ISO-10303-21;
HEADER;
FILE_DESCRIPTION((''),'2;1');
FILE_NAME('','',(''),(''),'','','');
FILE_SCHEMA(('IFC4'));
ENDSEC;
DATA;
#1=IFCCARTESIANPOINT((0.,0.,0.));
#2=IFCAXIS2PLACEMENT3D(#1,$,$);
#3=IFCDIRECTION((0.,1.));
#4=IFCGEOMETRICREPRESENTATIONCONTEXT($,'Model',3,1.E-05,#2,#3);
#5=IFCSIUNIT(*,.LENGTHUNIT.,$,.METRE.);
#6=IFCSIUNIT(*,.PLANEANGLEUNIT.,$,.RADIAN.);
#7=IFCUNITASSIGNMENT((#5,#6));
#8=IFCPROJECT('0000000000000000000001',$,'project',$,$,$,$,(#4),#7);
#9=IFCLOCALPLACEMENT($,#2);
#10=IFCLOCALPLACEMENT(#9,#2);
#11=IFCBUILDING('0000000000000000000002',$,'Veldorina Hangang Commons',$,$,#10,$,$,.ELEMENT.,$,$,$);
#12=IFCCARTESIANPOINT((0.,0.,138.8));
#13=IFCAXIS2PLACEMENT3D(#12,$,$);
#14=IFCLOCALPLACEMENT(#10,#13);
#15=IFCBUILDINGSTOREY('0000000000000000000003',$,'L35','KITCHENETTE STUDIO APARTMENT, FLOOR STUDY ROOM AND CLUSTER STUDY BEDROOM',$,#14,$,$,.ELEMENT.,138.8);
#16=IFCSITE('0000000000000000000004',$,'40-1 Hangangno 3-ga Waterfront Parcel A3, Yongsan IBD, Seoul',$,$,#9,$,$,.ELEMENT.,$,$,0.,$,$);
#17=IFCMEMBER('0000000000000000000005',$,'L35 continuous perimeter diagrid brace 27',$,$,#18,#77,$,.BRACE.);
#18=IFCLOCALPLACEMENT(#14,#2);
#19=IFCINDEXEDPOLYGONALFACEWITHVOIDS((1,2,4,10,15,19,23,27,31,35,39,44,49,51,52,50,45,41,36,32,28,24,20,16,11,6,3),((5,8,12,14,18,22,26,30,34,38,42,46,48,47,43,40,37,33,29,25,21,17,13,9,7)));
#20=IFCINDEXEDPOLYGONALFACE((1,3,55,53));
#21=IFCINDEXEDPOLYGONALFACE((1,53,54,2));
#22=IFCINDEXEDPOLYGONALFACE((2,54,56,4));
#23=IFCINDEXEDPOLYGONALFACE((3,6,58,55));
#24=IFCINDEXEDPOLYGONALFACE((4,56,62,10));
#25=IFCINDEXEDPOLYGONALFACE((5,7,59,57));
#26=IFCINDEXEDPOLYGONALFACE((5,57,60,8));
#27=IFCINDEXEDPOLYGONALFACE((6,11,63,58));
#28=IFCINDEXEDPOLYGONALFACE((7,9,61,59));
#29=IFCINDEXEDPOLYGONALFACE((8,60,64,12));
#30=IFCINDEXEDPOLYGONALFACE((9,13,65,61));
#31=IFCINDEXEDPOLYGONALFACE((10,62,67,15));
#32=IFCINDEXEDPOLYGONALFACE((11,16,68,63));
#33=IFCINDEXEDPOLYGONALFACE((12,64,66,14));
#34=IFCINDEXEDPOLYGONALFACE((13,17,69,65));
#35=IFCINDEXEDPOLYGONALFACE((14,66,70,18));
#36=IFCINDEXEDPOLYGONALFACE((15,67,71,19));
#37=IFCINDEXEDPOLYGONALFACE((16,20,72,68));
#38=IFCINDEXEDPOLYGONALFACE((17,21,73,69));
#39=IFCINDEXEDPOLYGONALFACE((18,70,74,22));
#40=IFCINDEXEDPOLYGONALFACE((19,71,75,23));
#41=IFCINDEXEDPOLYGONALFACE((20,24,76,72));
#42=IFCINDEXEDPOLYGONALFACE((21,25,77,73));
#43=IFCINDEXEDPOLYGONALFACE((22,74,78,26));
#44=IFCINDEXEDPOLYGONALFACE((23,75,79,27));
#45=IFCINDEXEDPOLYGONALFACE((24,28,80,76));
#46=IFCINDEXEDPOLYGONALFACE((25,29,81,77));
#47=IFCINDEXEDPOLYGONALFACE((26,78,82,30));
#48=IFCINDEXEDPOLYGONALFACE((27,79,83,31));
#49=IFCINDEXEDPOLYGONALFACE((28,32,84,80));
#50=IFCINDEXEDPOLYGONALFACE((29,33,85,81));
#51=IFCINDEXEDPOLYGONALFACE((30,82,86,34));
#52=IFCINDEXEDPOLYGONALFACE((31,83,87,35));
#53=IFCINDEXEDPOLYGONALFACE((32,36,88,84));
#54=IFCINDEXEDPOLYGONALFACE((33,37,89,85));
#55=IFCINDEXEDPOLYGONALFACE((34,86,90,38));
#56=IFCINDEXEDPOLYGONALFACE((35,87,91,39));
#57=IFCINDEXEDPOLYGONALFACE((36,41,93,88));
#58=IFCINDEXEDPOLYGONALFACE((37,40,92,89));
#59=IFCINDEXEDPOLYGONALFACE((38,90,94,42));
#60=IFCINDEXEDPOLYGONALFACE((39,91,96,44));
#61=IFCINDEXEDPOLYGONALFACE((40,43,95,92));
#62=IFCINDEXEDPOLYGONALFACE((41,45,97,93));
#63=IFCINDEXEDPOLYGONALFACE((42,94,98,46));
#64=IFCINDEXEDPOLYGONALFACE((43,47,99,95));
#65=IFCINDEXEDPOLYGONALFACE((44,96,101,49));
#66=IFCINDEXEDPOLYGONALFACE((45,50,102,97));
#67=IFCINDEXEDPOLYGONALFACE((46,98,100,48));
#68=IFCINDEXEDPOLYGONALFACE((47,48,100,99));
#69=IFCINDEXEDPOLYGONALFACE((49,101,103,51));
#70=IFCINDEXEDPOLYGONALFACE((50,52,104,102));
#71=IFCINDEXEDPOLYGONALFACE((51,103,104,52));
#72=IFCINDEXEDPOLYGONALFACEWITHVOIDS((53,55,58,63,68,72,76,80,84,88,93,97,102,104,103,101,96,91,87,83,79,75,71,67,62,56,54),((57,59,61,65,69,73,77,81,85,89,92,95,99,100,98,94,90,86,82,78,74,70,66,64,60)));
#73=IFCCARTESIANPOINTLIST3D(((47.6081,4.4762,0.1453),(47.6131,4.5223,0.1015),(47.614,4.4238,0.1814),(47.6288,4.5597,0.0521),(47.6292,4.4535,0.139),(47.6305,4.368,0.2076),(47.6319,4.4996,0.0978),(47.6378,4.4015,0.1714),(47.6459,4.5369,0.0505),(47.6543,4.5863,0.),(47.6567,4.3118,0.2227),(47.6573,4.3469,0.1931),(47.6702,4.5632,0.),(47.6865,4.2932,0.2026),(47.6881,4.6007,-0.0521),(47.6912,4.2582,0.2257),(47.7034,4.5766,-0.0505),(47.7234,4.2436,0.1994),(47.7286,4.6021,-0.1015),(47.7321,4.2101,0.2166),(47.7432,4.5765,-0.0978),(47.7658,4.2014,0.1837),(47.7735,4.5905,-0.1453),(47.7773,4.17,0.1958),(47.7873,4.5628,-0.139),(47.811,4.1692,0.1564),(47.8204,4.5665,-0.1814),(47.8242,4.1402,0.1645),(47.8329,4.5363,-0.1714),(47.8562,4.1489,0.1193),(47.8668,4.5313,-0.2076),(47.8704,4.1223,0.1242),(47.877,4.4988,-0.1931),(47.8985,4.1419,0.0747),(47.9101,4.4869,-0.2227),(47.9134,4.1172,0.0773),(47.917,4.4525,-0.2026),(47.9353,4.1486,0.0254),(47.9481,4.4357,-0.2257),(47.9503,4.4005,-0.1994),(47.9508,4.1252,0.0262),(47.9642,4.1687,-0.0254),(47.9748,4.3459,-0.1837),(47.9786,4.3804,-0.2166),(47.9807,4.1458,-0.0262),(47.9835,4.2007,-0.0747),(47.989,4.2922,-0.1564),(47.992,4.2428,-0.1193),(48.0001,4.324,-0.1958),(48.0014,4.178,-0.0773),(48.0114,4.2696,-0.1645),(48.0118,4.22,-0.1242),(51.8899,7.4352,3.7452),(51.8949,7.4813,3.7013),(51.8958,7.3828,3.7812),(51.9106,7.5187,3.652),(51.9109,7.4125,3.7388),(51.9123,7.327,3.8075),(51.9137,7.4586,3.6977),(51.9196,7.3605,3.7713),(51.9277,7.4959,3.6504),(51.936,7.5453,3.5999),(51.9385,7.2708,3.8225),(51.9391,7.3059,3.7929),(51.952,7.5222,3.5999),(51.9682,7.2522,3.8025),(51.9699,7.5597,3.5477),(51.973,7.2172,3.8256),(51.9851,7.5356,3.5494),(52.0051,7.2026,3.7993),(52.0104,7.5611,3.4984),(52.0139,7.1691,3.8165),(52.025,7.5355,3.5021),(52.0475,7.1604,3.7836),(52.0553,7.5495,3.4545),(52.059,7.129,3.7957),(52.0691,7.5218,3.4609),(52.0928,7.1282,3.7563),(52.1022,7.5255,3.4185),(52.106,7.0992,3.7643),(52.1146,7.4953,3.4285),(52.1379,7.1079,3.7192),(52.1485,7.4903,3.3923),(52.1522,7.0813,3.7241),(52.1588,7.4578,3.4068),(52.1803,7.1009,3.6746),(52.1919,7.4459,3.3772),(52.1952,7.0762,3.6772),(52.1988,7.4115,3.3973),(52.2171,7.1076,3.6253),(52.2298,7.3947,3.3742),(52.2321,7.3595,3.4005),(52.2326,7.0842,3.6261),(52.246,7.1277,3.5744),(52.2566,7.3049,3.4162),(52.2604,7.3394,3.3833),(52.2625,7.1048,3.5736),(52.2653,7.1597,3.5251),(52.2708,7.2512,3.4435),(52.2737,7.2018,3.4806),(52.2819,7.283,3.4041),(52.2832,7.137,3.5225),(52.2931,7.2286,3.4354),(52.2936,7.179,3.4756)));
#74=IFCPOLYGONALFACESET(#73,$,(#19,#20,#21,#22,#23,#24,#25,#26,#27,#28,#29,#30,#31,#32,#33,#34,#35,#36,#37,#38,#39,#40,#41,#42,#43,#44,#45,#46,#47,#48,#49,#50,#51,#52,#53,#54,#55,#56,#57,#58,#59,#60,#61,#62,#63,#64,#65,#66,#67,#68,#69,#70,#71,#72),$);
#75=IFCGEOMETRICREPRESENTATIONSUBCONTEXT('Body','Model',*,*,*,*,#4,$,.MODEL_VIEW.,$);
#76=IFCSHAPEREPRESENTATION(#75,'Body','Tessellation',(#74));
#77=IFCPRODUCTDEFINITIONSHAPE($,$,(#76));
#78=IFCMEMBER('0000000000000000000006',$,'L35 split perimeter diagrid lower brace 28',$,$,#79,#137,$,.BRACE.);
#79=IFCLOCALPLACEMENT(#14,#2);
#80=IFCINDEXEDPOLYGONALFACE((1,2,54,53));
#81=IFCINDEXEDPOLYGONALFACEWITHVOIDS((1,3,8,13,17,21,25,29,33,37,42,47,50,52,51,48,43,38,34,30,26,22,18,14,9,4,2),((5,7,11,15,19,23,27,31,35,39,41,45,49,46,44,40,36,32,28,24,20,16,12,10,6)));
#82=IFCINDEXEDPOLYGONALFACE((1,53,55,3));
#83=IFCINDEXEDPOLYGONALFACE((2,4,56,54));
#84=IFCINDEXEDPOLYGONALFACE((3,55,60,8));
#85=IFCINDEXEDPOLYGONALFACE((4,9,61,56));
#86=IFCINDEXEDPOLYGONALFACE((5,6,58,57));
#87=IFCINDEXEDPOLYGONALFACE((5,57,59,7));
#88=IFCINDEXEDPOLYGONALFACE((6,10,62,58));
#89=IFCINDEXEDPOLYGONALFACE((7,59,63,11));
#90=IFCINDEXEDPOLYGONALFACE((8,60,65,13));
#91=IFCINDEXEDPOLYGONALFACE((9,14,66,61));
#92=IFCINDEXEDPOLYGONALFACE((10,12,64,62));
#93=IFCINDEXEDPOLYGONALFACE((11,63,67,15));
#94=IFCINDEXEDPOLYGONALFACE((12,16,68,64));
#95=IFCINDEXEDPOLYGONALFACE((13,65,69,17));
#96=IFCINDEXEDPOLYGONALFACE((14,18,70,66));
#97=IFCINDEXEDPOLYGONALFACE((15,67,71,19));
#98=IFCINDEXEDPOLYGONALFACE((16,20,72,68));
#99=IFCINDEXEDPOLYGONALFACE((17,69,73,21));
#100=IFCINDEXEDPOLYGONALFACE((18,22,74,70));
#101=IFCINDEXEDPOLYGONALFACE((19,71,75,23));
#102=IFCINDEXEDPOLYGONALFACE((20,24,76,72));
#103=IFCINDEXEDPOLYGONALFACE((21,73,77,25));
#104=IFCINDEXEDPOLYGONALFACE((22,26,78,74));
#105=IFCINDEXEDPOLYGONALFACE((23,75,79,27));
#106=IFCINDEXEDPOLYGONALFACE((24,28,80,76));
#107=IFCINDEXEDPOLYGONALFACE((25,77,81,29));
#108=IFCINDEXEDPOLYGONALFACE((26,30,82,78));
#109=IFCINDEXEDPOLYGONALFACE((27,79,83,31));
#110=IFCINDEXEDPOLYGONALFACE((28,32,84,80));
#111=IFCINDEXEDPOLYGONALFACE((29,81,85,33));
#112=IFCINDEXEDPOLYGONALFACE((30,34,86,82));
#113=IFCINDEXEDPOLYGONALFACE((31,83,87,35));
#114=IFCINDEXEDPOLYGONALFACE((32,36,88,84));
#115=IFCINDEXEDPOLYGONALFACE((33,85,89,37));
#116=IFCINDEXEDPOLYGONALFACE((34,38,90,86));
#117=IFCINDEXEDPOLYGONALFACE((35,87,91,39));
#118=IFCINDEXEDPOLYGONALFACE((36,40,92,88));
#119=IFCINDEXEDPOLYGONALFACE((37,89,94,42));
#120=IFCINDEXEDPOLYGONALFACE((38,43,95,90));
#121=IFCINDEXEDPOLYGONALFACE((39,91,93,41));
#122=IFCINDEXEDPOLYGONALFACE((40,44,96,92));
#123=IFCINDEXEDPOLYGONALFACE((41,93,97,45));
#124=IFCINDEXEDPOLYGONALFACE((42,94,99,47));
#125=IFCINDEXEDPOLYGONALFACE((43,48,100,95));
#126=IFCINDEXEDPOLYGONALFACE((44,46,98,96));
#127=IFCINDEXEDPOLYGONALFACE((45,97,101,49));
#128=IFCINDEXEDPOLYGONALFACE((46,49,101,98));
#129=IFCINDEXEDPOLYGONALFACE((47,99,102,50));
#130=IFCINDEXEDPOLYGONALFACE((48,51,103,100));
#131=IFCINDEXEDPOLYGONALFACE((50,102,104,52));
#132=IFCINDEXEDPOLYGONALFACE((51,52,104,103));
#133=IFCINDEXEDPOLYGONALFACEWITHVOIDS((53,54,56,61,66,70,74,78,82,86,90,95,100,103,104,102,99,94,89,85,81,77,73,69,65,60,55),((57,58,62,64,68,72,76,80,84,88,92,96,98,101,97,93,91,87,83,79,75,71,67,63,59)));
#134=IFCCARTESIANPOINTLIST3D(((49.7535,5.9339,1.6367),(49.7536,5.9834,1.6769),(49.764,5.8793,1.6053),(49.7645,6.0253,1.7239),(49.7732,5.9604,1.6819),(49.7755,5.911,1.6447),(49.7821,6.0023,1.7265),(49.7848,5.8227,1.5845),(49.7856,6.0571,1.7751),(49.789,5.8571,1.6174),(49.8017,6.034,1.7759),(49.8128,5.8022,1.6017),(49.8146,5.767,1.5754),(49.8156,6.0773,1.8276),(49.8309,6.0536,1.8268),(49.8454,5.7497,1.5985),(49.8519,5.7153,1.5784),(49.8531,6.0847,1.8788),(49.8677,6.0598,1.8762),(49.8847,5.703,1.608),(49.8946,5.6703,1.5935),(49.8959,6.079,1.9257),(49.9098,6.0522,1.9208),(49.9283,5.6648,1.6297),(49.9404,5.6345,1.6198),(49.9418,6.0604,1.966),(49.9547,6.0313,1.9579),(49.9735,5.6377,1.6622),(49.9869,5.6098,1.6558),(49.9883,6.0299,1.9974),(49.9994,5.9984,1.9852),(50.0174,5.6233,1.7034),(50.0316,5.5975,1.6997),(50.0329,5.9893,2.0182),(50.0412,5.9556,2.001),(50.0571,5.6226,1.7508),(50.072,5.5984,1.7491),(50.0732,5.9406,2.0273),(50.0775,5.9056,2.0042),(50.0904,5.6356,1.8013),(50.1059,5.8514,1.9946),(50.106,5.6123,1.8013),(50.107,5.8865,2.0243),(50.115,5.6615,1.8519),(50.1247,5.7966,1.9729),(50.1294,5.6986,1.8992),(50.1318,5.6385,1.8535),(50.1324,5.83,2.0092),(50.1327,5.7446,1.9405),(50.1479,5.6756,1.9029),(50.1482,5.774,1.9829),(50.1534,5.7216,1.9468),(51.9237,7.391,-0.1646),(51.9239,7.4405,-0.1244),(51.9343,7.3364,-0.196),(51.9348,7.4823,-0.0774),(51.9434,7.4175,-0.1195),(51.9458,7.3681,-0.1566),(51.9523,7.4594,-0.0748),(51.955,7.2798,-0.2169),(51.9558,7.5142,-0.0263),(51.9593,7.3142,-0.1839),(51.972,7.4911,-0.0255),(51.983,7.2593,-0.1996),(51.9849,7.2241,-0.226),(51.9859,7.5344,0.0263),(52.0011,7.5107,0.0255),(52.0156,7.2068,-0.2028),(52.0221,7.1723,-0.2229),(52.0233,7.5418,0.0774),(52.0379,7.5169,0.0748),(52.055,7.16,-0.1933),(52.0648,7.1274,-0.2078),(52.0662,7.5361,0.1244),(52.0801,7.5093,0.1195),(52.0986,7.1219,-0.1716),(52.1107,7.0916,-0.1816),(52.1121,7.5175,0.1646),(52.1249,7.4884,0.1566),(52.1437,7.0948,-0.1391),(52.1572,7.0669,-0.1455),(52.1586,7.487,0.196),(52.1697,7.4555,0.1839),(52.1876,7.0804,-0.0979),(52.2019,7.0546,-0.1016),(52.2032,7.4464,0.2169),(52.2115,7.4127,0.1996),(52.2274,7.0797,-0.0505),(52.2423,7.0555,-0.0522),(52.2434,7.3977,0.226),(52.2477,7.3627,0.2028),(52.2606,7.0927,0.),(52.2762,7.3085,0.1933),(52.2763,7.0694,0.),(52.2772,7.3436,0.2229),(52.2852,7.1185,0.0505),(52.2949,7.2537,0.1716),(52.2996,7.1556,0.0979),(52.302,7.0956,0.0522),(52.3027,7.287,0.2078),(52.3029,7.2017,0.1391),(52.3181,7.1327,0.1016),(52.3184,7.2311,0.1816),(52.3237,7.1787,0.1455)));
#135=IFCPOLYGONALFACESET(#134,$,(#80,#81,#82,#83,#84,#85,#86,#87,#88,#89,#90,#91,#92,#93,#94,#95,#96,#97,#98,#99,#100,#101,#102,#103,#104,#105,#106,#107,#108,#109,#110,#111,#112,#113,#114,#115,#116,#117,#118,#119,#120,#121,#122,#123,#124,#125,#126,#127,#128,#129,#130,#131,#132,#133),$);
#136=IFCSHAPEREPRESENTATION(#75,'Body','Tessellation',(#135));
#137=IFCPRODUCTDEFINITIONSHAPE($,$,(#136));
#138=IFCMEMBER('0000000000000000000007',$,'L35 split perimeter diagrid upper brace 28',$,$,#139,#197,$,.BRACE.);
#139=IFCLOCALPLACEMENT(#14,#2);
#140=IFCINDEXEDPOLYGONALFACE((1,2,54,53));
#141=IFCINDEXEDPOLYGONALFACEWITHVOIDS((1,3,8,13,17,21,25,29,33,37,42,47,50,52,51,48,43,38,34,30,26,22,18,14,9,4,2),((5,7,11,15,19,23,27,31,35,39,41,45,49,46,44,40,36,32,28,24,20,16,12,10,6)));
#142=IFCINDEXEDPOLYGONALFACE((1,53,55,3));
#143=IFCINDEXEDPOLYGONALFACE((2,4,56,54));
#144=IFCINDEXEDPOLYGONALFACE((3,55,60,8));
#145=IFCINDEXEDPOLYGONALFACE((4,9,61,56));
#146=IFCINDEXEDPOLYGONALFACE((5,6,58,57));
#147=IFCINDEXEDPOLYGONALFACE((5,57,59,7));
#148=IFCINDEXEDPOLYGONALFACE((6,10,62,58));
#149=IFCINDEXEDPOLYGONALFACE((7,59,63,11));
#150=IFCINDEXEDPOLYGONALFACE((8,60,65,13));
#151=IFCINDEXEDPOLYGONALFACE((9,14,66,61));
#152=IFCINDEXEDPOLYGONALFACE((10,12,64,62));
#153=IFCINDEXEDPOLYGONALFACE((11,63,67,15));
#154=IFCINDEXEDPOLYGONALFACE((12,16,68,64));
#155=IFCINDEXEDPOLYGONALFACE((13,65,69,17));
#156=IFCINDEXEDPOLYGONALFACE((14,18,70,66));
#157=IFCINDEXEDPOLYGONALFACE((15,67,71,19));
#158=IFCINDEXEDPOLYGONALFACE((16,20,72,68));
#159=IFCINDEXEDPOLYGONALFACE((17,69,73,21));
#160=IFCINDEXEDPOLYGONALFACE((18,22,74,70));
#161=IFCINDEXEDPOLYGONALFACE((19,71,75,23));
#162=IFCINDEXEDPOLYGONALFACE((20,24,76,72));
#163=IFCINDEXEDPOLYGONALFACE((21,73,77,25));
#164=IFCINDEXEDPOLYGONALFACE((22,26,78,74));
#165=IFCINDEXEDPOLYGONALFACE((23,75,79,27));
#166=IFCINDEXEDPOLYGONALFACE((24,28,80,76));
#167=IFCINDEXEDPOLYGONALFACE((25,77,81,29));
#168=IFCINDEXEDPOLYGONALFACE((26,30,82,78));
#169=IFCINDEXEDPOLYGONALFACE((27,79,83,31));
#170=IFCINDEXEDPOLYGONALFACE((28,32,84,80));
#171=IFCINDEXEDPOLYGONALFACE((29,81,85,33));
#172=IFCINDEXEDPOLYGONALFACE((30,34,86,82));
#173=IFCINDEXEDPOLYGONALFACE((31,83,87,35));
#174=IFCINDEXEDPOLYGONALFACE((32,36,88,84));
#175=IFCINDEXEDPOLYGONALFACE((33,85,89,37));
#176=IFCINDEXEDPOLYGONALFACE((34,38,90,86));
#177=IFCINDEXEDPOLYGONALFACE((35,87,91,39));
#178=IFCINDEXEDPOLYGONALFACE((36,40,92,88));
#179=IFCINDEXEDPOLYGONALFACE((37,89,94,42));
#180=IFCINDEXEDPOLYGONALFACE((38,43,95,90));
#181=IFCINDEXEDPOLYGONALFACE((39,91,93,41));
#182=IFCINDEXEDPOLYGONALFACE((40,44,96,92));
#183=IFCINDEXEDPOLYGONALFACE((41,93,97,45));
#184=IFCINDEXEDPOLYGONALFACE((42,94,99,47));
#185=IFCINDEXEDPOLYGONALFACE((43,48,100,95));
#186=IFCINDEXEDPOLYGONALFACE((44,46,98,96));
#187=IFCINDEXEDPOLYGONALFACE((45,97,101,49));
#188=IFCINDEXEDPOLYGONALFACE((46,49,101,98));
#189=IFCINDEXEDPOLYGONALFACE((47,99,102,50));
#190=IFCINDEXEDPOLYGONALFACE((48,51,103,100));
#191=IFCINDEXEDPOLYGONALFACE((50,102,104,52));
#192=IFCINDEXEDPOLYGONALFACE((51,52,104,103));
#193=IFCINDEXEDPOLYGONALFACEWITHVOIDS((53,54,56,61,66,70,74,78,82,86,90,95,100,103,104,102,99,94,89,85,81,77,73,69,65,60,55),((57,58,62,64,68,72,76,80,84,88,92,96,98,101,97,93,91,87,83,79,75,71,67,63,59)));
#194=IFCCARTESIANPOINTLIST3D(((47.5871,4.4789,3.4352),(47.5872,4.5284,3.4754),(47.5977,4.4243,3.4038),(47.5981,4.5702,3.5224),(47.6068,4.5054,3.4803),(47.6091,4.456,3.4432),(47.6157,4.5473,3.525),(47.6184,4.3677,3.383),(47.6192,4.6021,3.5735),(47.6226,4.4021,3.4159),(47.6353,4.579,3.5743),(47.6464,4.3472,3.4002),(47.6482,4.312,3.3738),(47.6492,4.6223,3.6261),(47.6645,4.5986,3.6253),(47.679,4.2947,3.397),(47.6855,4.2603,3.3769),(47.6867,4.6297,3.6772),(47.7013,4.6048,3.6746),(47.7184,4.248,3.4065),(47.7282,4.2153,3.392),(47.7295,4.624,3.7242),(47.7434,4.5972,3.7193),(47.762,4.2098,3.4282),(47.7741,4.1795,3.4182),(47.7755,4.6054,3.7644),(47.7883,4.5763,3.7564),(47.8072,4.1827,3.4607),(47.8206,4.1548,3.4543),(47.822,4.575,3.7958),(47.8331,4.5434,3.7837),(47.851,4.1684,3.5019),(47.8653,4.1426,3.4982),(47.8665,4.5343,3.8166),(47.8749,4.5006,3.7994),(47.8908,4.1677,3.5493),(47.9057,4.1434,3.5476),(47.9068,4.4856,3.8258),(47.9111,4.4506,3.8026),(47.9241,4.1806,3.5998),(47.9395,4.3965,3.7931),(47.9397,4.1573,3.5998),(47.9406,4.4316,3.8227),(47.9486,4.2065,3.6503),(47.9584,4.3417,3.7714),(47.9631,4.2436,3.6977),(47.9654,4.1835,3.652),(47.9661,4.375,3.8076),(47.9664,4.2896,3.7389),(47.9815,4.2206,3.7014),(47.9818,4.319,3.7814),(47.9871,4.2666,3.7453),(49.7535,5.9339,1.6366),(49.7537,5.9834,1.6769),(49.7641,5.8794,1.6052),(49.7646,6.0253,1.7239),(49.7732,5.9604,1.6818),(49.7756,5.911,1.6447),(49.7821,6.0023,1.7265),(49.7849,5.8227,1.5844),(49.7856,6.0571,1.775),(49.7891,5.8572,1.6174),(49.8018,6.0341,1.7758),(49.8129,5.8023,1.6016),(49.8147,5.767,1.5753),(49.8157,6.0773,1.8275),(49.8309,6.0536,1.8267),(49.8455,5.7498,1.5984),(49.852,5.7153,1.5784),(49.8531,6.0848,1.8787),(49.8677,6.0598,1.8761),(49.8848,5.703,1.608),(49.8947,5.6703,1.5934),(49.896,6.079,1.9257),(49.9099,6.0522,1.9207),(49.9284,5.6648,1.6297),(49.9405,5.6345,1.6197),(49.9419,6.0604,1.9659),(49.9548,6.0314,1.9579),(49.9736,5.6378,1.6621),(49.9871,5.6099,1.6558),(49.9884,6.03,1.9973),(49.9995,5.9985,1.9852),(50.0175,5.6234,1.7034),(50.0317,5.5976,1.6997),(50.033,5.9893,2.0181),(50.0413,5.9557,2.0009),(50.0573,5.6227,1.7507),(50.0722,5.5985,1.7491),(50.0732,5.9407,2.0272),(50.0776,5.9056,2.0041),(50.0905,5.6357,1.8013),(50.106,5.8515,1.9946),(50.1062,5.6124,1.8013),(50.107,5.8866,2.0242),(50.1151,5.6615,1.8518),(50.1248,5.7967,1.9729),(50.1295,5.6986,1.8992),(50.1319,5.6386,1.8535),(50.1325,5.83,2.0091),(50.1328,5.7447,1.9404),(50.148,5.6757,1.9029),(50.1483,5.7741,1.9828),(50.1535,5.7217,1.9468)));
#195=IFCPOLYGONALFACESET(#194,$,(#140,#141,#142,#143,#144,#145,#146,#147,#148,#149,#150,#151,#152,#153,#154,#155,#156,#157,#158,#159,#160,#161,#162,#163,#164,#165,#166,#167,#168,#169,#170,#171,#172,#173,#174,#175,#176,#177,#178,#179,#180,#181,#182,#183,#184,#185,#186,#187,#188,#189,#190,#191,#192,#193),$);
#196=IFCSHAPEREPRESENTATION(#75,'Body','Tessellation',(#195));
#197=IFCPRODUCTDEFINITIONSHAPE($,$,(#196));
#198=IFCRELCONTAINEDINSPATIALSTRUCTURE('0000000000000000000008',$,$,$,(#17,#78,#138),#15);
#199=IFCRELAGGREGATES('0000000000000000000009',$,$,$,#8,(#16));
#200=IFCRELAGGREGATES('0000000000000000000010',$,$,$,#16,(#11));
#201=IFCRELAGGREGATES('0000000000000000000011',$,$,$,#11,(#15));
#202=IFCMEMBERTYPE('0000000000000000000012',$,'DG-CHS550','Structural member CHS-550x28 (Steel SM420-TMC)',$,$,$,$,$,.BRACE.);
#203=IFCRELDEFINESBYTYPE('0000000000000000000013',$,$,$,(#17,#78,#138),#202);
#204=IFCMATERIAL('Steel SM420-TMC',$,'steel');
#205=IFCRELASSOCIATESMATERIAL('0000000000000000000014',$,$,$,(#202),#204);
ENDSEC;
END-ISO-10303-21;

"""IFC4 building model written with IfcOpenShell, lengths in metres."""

from ifc_helpers import new_model, si_unit, direction, frame, origin, origin_2d, place, context, subcontext, project, spatial, hollow_circle, extrude, material, material_profile, profile_set, type_object, element, save


model = new_model("IFC4")

# Units and contexts
model_context = context("Model", 3, precision=1e-05, world=origin(), true_north=direction((0.0, 1.0)))
body_context = subcontext(model_context, "Body", "Model", "MODEL_VIEW")
ifc_project = project(units=[si_unit("LENGTHUNIT", "METRE"), si_unit("PLANEANGLEUNIT", "RADIAN")], contexts=[model_context])

# Site, building, storey
site_placement = place(None, origin())
site = spatial("IfcSite", under=ifc_project, at=site_placement, Name="40-1 Hangangno 3-ga Waterfront Parcel A3, Yongsan IBD, Seoul", CompositionType="ELEMENT", RefElevation=0.0)
building_placement = place(site_placement, origin())
building = spatial("IfcBuilding", under=site, at=building_placement, Name="Veldorina Hangang Commons", CompositionType="ELEMENT")
storey_placement = place(building_placement, frame((0.0, 0.0, 138.8)))
storey = spatial("IfcBuildingStorey", under=building, at=storey_placement, Name="L35", Description="KITCHENETTE STUDIO APARTMENT, FLOOR STUDY ROOM AND CLUSTER STUDY BEDROOM", CompositionType="ELEMENT", Elevation=138.8)

# Shared definitions
ifc_material_1 = material(Name="Steel SM420-TMC", Category="steel")

# Members
ifc_material_profile_1 = material_profile(ifc_material_1, hollow_circle(Radius=0.2749, WallThickness=0.0281, at=origin_2d()), Name="CHS-550x28")
ifc_profile_set_1 = profile_set([ifc_material_profile_1], Name="Steel SM420-TMC")
member_type_1 = type_object("IfcMemberType", Name="DG-CHS550", Description="Structural member CHS-550x28 (Steel SM420-TMC)", PredefinedType="BRACE", material=ifc_profile_set_1)
member_1_placement = place(storey_placement, frame((47.8105, 4.3601, 0.0), z_axis=(0.676598, 0.467577, 0.568847), x_axis=(-0.568522, 0.822668, 0.0)))
element("IfcMember", 1, at=member_1_placement, inside=storey, type_object=member_type_1, Name="L35 continuous perimeter diagrid brace 27", PredefinedType="BRACE", context=body_context, shape_type="SweptSolid", body=[
    extrude(hollow_circle(Radius=0.2749, WallThickness=0.0281, at=origin_2d()), origin(), (0.0, 0.0, 1.0), 6.3284),
])
member_2_placement = place(storey_placement, frame((52.123, 7.2976, 0.0), z_axis=(-0.683635, -0.458987, 0.567427), x_axis=(0.557413, -0.830235, 0.0)))
element("IfcMember", 2, at=member_2_placement, inside=storey, type_object=member_type_1, Name="L35 split perimeter diagrid lower brace 28", PredefinedType="BRACE", context=body_context, shape_type="SweptSolid", body=[
    extrude(hollow_circle(Radius=0.2749, WallThickness=0.0281, at=origin_2d()), origin(), (0.0, 0.0, 1.0), 3.1746),
])
member_3_placement = place(storey_placement, frame((49.9529, 5.8406, 1.8013), z_axis=(-0.683542, -0.459084, 0.567461), x_axis=(0.557547, -0.830146, 0.0)))
element("IfcMember", 3, at=member_3_placement, inside=storey, type_object=member_type_1, Name="L35 split perimeter diagrid upper brace 28", PredefinedType="BRACE", context=body_context, shape_type="SweptSolid", body=[
    extrude(hollow_circle(Radius=0.2749, WallThickness=0.0281, at=origin_2d()), origin(), (0.0, 0.0, 1.0), 3.1694),
])

save(model, "model.ifc")
